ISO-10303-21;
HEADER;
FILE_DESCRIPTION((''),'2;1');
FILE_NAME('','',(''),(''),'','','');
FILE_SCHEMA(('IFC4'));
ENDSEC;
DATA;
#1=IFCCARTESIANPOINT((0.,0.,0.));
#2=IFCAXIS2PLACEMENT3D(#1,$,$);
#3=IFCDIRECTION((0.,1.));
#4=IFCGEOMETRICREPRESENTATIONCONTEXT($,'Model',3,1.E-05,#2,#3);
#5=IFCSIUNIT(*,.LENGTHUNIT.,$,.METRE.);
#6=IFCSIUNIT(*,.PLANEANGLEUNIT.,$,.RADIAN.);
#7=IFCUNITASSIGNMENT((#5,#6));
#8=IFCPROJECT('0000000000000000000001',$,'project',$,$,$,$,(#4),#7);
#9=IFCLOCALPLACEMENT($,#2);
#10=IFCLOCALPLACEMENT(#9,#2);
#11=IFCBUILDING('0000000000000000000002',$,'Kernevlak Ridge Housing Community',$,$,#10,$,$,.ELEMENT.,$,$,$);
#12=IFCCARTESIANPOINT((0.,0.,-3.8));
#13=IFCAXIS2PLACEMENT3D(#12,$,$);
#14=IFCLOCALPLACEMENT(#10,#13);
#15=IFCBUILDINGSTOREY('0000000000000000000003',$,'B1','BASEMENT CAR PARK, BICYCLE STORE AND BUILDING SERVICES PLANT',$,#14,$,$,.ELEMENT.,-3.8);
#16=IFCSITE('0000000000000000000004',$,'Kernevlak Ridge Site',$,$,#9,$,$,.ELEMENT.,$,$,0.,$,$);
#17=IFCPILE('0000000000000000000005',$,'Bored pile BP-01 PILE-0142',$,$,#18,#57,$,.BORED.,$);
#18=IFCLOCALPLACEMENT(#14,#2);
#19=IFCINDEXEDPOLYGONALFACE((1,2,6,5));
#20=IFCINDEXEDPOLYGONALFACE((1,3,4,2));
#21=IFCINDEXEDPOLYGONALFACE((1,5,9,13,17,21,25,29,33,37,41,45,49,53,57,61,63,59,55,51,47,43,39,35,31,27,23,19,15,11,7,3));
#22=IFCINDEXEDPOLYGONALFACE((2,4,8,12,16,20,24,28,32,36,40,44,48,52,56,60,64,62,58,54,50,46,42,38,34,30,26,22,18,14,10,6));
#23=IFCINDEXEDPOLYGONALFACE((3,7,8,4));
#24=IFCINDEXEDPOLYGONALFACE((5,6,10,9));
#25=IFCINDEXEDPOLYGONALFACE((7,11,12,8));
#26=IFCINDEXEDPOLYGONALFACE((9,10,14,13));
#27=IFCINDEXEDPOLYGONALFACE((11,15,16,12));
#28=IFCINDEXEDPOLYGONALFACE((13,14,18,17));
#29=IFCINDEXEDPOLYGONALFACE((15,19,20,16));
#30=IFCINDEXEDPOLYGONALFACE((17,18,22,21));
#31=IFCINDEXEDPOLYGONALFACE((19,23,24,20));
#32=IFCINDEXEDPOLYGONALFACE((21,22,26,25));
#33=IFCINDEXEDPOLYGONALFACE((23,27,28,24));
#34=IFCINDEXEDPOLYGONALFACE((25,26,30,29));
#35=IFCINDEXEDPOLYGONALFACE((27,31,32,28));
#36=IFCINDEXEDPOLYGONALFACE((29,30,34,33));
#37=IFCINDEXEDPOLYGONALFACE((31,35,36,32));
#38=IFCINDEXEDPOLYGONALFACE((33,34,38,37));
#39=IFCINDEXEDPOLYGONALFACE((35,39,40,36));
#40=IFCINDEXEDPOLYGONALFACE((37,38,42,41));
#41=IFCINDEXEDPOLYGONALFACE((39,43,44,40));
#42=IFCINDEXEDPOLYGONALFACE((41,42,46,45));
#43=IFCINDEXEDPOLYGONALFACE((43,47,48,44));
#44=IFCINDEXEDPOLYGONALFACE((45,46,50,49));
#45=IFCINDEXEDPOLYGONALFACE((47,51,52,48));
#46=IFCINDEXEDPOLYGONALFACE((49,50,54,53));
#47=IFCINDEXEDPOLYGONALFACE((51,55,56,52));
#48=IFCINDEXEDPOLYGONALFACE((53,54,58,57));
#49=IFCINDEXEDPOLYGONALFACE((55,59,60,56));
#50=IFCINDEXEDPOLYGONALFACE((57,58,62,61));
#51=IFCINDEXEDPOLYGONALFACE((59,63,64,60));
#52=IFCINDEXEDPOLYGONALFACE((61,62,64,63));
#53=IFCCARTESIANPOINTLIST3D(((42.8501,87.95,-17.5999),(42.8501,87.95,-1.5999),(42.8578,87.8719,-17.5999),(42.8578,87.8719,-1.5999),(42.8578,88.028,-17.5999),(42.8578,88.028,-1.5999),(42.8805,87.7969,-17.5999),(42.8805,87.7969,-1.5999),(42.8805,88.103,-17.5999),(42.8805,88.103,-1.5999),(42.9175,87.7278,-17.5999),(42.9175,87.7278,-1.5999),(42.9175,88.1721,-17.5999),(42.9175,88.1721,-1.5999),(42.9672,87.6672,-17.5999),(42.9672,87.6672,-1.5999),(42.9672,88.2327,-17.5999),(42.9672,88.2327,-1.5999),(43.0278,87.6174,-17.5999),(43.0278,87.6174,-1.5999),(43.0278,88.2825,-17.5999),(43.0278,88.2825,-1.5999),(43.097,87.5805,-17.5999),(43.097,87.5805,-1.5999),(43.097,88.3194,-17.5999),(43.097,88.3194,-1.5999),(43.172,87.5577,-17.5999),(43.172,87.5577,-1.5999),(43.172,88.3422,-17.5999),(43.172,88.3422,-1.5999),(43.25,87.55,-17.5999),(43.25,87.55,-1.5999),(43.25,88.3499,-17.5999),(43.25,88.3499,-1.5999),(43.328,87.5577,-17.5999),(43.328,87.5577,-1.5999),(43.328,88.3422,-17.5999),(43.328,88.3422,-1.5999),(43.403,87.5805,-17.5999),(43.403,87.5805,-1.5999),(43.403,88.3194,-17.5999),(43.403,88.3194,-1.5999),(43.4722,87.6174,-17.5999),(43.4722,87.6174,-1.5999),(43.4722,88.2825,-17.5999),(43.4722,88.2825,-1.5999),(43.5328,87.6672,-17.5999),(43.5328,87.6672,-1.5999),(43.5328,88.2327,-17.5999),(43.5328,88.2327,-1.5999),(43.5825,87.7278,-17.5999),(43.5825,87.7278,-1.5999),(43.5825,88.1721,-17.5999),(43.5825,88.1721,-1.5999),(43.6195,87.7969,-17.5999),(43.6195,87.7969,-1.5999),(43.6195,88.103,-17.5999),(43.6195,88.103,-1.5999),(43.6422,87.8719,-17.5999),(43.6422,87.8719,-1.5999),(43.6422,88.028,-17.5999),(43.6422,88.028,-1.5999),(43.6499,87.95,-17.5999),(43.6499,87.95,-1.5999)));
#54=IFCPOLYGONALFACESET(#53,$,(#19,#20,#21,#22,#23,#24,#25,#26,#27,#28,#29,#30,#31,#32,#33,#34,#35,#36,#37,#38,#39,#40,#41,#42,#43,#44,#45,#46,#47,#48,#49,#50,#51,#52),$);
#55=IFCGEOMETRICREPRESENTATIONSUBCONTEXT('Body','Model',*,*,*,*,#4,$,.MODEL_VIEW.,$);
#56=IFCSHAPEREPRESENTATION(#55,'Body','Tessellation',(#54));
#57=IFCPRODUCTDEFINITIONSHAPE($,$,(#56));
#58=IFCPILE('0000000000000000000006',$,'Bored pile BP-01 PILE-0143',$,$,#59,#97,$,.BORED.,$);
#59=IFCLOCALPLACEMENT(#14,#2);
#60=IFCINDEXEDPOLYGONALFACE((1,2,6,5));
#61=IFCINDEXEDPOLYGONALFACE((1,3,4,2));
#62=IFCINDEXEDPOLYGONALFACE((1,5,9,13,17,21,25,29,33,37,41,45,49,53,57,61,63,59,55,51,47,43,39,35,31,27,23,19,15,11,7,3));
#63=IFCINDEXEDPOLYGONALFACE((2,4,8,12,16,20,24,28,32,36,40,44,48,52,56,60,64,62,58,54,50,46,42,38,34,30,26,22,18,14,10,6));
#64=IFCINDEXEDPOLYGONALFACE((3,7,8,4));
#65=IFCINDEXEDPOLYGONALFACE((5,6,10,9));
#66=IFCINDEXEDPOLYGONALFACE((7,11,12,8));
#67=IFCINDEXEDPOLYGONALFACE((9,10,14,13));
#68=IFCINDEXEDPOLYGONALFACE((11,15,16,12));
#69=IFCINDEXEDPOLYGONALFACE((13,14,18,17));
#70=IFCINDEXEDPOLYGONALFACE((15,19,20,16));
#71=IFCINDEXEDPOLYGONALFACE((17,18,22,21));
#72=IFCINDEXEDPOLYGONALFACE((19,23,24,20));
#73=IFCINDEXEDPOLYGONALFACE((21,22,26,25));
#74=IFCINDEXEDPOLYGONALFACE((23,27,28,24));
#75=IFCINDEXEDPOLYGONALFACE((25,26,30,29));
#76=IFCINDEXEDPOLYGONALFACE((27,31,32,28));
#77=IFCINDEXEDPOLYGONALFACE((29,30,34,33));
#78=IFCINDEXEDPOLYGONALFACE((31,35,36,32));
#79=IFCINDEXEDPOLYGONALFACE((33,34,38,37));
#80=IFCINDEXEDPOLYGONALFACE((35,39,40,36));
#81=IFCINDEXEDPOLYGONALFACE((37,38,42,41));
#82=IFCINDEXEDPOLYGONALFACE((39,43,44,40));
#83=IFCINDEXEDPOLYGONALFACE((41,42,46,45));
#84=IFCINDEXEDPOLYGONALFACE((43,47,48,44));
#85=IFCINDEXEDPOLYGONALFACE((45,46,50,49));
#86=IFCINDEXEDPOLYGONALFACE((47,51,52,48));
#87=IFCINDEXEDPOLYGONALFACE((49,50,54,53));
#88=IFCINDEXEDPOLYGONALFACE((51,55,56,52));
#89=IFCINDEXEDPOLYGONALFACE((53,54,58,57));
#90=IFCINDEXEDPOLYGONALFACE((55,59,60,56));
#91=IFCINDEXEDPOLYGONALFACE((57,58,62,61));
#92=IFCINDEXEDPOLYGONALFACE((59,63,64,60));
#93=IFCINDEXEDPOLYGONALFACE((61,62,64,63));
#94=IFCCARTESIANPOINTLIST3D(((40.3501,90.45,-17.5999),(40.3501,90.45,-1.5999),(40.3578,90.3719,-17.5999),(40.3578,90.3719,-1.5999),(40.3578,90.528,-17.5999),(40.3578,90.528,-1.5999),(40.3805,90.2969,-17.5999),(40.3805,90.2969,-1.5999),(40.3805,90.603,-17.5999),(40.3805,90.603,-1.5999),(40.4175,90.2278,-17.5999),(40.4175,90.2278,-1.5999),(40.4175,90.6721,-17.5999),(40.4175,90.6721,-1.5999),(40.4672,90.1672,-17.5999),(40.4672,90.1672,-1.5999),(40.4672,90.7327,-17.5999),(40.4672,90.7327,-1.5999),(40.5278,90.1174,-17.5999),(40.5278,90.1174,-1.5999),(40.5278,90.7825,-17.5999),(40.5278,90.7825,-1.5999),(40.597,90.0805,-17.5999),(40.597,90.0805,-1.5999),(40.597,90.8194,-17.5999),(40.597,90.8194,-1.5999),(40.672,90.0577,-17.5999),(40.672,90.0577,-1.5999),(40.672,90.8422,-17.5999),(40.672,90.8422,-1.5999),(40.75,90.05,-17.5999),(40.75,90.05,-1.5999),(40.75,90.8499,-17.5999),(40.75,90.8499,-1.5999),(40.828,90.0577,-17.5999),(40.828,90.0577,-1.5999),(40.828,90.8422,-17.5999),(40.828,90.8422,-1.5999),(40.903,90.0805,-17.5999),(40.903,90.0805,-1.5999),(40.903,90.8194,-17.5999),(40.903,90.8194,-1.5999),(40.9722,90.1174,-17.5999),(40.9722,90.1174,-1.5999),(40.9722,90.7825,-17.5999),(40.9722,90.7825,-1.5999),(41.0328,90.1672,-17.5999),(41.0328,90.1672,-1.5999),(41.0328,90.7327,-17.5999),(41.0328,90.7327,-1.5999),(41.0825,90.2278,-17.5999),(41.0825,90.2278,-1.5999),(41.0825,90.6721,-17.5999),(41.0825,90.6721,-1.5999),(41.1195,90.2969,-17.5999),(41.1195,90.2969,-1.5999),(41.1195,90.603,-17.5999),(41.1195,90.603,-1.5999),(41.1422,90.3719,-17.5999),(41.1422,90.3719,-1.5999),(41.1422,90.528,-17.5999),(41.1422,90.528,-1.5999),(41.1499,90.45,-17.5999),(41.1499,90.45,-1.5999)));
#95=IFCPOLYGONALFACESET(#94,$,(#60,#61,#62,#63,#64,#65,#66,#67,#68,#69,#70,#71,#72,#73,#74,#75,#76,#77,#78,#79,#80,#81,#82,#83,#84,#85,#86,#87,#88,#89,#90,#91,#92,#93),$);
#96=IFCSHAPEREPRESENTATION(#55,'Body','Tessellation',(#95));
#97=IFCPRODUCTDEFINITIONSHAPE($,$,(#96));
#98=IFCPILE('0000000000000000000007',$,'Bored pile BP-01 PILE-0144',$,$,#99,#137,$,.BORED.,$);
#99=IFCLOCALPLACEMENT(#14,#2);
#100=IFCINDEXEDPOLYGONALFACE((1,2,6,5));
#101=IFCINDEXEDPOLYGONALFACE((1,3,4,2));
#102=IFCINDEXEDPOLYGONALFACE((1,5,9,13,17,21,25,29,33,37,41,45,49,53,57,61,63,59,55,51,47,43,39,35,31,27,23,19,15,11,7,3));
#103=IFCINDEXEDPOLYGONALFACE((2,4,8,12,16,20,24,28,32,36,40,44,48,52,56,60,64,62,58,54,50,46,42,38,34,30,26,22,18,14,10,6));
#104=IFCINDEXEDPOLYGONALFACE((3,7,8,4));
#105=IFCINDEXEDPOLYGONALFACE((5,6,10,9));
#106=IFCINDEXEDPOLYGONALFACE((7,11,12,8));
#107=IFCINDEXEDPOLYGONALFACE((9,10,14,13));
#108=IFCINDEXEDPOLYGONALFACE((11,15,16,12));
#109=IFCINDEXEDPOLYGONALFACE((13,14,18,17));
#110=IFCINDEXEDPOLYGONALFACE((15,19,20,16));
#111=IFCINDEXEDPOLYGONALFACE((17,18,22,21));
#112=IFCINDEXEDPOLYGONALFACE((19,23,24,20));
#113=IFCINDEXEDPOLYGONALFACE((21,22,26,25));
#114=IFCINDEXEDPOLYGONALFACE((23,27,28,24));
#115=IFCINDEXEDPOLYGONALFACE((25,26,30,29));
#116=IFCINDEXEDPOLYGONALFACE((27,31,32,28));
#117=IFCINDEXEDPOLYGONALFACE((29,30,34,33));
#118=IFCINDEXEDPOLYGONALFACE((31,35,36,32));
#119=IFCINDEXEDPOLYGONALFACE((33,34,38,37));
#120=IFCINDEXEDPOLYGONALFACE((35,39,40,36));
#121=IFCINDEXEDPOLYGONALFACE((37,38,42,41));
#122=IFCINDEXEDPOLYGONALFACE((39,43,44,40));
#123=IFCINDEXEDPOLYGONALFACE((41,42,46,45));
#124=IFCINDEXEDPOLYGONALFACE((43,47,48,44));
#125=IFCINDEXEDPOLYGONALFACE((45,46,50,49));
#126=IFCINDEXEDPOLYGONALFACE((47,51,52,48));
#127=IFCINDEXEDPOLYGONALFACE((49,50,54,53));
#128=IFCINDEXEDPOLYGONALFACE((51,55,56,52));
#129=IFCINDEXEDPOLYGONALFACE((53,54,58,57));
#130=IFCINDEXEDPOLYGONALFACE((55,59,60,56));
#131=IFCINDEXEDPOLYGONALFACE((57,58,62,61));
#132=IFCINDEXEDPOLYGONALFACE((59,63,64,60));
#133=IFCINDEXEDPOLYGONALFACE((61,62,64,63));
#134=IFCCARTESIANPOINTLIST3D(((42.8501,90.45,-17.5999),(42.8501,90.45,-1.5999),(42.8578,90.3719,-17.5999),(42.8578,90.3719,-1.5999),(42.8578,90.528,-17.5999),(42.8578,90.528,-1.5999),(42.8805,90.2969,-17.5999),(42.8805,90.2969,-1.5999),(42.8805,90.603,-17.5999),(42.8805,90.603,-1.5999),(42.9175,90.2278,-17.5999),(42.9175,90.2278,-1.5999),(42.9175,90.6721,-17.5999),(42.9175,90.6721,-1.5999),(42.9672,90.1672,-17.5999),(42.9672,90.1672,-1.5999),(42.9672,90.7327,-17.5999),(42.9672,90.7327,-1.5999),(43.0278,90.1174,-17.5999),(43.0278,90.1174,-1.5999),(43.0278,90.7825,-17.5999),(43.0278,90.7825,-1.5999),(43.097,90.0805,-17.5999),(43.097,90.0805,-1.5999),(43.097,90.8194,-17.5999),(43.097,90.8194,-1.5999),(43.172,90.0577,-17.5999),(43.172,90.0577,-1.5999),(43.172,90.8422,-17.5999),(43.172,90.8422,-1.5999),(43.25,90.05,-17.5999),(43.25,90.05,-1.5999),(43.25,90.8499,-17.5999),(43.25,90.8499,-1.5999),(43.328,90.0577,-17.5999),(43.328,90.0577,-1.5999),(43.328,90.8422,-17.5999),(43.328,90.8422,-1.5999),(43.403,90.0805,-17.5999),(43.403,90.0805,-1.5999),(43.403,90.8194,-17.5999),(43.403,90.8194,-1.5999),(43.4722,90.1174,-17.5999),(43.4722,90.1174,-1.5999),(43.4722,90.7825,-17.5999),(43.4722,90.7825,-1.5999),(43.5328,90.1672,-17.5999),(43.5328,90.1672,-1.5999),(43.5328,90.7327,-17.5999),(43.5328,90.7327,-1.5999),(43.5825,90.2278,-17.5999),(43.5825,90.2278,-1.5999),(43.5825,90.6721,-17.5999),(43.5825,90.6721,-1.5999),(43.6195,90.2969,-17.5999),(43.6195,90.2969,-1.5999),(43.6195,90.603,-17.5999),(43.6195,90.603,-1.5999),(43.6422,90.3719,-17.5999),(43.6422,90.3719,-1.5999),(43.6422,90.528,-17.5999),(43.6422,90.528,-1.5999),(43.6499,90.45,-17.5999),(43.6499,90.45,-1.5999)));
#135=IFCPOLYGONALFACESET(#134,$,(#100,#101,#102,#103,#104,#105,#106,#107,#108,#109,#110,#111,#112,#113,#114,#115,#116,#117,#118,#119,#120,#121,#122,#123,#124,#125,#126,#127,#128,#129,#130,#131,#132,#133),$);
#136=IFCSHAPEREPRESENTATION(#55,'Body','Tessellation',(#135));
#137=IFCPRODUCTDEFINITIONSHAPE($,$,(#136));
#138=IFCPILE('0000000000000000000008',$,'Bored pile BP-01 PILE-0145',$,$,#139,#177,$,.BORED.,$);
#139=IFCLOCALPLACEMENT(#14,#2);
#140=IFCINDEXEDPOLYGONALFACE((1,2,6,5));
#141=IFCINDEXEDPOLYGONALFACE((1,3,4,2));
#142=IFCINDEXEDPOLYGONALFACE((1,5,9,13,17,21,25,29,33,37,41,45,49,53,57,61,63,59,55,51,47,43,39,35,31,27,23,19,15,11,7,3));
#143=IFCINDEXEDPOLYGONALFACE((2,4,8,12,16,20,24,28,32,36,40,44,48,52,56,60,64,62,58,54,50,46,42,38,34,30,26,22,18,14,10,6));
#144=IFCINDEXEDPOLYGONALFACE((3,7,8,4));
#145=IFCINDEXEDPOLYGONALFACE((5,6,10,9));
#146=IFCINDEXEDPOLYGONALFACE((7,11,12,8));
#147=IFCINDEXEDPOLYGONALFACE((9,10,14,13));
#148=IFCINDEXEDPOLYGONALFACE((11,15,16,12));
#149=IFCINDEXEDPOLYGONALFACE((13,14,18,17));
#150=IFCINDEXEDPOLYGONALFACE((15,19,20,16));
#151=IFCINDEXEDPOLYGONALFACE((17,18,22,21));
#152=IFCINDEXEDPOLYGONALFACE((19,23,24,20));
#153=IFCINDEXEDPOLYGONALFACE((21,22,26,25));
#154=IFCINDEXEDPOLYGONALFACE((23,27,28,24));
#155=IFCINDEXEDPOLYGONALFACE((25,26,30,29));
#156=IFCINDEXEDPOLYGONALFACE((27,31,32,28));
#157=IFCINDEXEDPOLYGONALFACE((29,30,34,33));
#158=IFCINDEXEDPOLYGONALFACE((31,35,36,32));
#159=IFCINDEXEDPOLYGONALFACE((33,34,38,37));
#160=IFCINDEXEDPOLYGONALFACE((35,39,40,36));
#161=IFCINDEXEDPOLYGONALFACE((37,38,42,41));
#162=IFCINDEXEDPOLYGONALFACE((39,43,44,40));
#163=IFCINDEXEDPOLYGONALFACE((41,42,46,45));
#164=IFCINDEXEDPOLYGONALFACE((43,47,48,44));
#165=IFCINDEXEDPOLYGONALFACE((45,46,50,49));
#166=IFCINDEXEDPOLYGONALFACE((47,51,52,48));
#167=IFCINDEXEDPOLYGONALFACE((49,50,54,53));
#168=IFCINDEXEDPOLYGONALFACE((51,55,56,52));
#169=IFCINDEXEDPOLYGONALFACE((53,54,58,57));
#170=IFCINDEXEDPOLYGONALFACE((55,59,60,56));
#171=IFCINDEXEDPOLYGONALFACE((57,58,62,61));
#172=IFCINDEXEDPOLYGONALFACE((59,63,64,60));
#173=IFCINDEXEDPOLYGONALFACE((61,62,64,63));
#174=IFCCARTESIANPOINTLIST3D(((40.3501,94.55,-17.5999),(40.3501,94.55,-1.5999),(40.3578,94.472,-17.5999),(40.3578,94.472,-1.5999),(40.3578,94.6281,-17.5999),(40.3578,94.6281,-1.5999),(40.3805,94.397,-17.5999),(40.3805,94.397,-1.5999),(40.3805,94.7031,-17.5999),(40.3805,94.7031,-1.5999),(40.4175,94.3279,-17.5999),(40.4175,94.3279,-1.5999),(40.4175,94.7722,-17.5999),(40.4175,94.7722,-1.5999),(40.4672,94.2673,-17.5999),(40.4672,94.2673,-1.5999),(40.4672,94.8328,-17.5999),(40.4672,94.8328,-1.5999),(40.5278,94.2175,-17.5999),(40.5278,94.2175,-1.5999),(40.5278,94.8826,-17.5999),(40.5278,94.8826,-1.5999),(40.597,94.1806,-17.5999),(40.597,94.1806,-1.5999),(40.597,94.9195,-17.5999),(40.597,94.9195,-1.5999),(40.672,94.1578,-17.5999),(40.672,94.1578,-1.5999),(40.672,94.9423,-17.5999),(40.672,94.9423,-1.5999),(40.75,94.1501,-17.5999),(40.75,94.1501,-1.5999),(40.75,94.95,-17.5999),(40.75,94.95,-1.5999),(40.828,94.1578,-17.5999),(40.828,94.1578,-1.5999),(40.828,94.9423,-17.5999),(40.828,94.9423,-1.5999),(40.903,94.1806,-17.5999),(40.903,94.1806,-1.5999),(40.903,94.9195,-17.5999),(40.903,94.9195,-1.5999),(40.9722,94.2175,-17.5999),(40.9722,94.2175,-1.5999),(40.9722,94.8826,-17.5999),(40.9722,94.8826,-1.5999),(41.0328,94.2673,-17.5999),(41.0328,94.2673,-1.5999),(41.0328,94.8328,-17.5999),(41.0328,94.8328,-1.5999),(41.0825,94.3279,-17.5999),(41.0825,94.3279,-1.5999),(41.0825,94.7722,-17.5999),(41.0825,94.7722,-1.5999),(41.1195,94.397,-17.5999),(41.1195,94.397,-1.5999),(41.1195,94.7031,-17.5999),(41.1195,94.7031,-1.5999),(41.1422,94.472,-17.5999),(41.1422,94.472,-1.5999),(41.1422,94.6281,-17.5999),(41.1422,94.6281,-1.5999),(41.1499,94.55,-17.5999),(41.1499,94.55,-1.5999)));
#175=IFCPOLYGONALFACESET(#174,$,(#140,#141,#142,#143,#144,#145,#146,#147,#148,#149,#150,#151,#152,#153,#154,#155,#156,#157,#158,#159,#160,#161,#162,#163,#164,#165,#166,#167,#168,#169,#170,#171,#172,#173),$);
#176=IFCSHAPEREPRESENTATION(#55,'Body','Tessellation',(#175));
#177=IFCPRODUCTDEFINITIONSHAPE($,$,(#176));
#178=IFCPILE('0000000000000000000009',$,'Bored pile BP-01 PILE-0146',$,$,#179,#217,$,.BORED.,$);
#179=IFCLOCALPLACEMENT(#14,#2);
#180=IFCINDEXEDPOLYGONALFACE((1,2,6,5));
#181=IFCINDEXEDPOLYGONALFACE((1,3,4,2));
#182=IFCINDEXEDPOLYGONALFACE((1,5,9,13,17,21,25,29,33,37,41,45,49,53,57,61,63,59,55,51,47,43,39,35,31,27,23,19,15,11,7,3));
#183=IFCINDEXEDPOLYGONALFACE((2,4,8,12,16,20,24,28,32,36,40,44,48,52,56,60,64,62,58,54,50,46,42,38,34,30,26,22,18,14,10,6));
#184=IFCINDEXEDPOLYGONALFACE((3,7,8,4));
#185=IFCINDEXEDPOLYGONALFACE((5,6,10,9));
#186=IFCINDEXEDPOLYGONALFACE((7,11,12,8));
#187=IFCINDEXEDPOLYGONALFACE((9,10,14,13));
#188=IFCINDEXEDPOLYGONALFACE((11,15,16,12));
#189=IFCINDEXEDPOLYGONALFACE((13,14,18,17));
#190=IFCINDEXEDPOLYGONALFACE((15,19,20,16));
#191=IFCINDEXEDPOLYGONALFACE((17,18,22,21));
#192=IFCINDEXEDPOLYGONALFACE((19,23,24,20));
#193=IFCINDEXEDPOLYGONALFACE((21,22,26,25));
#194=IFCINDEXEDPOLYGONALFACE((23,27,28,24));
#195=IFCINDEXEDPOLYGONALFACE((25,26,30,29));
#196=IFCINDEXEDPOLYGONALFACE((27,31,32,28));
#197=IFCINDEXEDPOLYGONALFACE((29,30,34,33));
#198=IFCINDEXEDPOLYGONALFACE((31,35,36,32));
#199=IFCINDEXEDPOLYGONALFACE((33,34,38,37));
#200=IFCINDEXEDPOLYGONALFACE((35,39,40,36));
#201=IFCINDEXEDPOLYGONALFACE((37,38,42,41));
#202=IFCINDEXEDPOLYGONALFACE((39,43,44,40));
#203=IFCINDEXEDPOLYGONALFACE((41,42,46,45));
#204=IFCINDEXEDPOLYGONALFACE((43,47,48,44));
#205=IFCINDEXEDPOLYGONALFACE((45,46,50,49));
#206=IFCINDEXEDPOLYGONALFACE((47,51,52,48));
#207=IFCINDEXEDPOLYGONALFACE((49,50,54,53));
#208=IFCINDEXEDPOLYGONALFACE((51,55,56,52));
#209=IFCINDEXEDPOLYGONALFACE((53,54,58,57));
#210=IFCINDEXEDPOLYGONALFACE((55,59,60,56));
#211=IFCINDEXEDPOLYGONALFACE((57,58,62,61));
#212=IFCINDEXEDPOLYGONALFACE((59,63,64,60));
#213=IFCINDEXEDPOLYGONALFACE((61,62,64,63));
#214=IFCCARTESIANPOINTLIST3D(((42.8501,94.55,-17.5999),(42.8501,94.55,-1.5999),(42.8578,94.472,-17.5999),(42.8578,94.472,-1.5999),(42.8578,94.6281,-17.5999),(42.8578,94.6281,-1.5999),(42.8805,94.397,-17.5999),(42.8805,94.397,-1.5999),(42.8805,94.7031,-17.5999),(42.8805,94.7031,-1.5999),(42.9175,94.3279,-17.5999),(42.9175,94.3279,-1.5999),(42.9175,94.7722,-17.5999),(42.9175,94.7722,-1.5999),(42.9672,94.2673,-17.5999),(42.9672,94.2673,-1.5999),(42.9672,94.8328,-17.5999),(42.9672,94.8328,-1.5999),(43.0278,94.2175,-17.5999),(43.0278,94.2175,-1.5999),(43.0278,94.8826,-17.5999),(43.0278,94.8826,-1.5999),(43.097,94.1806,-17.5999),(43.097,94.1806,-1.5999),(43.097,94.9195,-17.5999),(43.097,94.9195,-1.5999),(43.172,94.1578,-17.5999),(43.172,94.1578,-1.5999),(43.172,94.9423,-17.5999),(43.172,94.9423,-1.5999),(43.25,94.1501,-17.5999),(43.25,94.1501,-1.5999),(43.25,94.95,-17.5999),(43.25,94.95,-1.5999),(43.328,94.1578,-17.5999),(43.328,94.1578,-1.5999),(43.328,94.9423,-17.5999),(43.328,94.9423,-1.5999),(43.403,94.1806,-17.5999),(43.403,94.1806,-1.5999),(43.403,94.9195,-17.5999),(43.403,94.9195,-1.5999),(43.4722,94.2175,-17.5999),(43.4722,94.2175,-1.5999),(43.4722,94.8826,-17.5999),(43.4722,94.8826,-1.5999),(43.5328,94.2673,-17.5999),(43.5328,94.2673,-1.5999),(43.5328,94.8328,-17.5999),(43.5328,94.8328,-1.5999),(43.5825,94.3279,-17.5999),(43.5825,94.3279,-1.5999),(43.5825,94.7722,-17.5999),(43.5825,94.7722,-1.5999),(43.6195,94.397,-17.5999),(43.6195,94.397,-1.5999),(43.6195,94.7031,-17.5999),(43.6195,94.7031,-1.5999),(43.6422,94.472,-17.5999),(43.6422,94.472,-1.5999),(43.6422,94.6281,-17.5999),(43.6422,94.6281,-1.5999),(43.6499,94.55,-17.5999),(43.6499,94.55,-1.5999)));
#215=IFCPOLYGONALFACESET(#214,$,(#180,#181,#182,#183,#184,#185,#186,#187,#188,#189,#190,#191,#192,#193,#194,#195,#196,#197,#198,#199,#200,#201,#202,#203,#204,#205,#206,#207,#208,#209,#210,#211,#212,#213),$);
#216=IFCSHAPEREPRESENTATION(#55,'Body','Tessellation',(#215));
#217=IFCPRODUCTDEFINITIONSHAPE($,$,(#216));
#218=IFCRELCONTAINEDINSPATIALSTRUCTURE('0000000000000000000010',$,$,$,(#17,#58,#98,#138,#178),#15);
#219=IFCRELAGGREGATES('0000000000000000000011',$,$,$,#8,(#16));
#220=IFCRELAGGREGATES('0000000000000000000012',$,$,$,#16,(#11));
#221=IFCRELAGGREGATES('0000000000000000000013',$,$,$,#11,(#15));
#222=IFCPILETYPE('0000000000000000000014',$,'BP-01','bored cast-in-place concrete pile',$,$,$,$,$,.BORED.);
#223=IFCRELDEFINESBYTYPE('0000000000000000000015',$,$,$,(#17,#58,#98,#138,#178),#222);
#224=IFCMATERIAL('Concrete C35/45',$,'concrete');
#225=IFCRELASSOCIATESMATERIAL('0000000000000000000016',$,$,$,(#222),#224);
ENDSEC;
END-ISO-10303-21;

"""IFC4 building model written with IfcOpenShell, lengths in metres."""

from ifc_helpers import new_model, si_unit, direction, frame, origin, origin_2d, place, context, subcontext, project, spatial, circle, extrude, material, material_profile, profile_set, type_object, element, save


model = new_model("IFC4")

# Units and contexts
model_context = context("Model", 3, precision=1e-05, world=origin(), true_north=direction((0.0, 1.0)))
body_context = subcontext(model_context, "Body", "Model", "MODEL_VIEW")
ifc_project = project(units=[si_unit("LENGTHUNIT", "METRE"), si_unit("PLANEANGLEUNIT", "RADIAN")], contexts=[model_context])

# Site, building, storey
site_placement = place(None, origin())
site = spatial("IfcSite", under=ifc_project, at=site_placement, Name="Kernevlak Ridge Site", CompositionType="ELEMENT", RefElevation=0.0)
building_placement = place(site_placement, origin())
building = spatial("IfcBuilding", under=site, at=building_placement, Name="Kernevlak Ridge Housing Community", CompositionType="ELEMENT")
storey_placement = place(building_placement, frame((0.0, 0.0, -3.8)))
storey = spatial("IfcBuildingStorey", under=building, at=storey_placement, Name="B1", Description="BASEMENT CAR PARK, BICYCLE STORE AND BUILDING SERVICES PLANT", CompositionType="ELEMENT", Elevation=-3.8)

# Piles
ifc_material_1 = material(Name="Concrete C35/45", Category="concrete")
ifc_material_profile_1 = material_profile(ifc_material_1, circle(Radius=0.3999, at=origin_2d()), Name="BORED PILE 800")
ifc_profile_set_1 = profile_set([ifc_material_profile_1], Name="Concrete C35/45")
pile_type = type_object("IfcPileType", Name="BP-01", Description="bored cast-in-place concrete pile", PredefinedType="BORED", material=ifc_profile_set_1)
for number, where, z_axis, x_axis, name in (
    (1, (43.25, 87.95, -1.5999), (0.0, 0.0, -1.0), (1.0, 0.0, 0.0), "Bored pile BP-01 PILE-0142"),
    (2, (40.75, 90.45, -1.5999), (0.0, 0.0, -1.0), (1.0, 0.0, 0.0), "Bored pile BP-01 PILE-0143"),
    (3, (43.25, 90.45, -1.5999), (0.0, 0.0, -1.0), (1.0, 0.0, 0.0), "Bored pile BP-01 PILE-0144"),
    (4, (40.75, 94.55, -1.5999), (0.0, 0.0, -1.0), (1.0, 0.0, 0.0), "Bored pile BP-01 PILE-0145"),
    (5, (43.25, 94.55, -1.5999), (0.0, 0.0, -1.0), (1.0, 0.0, 0.0), "Bored pile BP-01 PILE-0146"),
):
    element("IfcPile", number, at=place(storey_placement, frame(where, z_axis=z_axis, x_axis=x_axis)), inside=storey, type_object=pile_type, Name=name, PredefinedType="BORED", context=body_context, shape_type="SweptSolid", body=[
        extrude(circle(Radius=0.3999, at=origin_2d()), origin(), (0.0, 0.0, 1.0), 16.0),
    ])

save(model, "model.ifc")
